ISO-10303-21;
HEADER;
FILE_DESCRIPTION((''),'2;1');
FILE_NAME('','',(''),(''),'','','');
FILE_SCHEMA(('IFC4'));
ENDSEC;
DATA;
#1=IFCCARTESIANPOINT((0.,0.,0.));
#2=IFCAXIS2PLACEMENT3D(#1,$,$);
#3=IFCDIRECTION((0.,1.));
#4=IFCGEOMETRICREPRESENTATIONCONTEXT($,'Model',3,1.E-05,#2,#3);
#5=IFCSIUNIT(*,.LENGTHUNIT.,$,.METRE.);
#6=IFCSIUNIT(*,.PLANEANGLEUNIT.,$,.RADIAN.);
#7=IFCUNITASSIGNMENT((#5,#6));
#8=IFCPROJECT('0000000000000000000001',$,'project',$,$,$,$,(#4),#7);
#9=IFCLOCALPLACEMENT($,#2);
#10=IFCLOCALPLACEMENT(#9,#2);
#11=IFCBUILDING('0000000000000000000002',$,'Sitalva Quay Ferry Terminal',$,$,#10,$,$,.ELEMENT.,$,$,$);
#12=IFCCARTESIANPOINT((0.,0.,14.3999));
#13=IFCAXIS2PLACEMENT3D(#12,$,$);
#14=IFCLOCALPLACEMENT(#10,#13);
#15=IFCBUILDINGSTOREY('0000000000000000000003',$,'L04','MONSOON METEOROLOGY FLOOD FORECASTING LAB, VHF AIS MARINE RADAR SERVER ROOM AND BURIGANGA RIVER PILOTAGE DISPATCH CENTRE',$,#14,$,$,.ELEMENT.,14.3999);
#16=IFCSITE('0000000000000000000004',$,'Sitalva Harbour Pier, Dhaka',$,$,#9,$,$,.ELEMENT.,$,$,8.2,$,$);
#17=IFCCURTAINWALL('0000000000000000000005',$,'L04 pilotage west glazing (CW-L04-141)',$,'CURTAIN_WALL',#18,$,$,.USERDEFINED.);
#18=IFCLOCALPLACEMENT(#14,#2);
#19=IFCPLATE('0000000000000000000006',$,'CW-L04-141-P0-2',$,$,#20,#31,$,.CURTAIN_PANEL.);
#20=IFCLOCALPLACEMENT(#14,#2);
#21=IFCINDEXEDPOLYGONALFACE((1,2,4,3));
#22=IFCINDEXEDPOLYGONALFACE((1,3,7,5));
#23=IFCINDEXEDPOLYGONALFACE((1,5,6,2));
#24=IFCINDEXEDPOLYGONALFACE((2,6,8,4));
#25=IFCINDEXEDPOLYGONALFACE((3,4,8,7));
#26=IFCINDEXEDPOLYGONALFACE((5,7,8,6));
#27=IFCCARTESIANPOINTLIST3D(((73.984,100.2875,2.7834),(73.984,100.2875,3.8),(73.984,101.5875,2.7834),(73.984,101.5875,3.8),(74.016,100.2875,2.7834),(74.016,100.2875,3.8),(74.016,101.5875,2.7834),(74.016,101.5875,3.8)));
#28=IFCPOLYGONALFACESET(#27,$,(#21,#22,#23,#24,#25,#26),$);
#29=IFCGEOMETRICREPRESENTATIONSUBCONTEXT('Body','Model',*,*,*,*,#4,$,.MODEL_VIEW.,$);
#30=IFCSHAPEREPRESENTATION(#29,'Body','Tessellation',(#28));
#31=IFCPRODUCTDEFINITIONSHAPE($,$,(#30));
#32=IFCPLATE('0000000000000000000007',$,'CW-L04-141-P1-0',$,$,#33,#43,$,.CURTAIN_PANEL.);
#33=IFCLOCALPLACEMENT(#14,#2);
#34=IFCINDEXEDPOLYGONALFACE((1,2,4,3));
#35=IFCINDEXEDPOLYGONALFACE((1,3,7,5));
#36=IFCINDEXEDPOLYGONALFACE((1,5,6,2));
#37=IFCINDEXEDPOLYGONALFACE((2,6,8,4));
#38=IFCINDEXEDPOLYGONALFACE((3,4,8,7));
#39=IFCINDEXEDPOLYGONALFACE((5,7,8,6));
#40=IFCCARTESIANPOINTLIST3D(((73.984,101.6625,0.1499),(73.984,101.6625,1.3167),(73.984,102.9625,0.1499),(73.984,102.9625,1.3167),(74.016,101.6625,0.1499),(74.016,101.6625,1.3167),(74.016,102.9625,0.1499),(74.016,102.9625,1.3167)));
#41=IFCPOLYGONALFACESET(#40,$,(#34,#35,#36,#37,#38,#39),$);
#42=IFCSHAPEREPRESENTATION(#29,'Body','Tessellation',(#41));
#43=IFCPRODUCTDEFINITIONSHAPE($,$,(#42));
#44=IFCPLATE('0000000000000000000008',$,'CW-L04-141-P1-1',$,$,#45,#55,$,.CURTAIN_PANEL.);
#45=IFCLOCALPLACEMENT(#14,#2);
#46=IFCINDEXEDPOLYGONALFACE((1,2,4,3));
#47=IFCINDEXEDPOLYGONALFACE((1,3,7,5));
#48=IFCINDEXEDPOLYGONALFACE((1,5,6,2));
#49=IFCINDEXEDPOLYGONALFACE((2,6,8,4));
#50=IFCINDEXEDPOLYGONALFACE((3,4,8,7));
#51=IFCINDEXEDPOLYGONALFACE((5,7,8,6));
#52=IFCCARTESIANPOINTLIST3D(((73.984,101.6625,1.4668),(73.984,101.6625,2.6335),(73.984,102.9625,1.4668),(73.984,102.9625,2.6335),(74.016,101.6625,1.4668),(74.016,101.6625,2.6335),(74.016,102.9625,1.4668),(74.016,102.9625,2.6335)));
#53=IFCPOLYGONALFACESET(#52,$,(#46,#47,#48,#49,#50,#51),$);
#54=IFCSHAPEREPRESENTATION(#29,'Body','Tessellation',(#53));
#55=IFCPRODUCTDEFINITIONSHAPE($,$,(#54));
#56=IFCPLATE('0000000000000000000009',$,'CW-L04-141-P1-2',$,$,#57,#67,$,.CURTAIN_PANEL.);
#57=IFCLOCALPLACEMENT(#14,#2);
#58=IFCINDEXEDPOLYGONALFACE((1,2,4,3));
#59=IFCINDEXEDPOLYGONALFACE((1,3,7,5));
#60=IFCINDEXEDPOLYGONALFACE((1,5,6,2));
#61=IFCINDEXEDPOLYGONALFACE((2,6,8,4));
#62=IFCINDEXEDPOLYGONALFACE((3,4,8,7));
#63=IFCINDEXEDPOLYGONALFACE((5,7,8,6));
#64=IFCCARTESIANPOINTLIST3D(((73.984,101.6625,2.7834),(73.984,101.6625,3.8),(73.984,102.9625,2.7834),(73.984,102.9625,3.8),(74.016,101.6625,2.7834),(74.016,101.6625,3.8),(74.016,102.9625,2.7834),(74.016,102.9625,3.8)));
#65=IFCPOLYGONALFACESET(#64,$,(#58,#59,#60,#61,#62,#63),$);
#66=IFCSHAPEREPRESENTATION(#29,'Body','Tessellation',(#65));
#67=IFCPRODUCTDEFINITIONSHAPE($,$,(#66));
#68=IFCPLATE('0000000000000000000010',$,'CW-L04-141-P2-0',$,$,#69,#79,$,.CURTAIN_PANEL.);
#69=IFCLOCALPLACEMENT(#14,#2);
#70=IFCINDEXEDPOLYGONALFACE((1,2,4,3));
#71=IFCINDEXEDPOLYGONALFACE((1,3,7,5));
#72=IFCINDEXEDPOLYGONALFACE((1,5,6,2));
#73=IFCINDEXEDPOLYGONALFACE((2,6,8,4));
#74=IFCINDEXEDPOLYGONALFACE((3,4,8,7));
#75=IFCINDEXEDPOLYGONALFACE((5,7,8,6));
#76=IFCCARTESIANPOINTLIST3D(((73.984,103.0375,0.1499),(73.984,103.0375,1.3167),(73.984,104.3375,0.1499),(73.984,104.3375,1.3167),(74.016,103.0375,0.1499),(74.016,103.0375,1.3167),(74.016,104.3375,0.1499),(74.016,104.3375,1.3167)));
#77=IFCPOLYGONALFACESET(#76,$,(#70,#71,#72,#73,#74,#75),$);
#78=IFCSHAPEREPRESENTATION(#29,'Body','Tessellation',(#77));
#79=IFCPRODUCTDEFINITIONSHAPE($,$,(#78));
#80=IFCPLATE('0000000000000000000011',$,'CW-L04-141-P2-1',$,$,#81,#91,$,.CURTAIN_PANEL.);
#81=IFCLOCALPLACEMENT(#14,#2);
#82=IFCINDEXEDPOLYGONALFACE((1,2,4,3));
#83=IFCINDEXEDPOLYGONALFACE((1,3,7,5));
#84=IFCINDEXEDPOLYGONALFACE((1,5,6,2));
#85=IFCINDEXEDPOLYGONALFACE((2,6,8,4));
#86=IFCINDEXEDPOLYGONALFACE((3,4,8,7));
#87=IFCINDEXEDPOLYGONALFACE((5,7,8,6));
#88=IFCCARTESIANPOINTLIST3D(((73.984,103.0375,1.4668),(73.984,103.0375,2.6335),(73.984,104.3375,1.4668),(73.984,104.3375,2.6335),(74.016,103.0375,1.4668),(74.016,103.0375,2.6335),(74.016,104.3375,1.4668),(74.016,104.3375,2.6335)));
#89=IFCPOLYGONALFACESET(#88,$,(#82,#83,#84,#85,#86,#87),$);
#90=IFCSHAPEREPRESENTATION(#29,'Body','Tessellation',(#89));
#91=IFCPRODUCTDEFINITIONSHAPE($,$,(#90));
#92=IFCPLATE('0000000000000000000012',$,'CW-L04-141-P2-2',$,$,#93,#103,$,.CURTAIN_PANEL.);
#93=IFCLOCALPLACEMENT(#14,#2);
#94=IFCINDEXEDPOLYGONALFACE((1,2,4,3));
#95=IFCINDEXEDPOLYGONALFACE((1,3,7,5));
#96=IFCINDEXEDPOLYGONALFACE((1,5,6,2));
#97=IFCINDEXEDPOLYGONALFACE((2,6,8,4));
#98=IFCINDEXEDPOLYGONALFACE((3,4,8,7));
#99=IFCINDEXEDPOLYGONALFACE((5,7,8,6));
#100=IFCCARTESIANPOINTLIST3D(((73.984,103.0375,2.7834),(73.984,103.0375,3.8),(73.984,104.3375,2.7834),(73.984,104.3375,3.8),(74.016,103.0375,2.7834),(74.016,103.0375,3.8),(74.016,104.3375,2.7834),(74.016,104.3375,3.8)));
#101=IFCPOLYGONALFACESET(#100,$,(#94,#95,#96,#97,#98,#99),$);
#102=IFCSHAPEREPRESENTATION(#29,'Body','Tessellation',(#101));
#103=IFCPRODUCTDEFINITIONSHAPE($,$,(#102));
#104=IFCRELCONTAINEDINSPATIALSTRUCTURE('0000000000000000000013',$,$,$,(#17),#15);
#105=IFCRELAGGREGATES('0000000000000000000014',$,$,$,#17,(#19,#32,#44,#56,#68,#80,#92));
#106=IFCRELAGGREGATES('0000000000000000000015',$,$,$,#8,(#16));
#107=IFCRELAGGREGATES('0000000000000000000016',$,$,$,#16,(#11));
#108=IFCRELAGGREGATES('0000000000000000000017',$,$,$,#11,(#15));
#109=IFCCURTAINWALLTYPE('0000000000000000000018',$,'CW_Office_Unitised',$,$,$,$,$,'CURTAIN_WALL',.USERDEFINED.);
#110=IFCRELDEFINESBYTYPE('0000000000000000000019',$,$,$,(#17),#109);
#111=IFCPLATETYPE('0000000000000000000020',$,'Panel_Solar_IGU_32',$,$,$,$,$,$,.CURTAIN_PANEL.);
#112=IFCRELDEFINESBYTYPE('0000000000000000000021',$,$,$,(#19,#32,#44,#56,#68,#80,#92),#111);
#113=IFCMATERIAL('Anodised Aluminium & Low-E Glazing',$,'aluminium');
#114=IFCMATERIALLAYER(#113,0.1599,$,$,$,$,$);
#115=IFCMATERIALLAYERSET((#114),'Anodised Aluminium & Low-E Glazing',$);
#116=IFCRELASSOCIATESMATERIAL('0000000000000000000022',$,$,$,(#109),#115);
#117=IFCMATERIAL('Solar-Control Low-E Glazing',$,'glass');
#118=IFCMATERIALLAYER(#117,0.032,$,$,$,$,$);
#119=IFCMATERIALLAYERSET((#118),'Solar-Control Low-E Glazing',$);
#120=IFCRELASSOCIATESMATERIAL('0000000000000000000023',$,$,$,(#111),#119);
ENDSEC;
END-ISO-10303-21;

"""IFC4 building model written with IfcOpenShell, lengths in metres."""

from ifc_helpers import new_model, si_unit, direction, frame, origin, origin_2d, place, context, subcontext, project, spatial, rectangle, extrude, material, layer, layer_set, type_object, element, aggregate, save


model = new_model("IFC4")

# Units and contexts
model_context = context("Model", 3, precision=1e-05, world=origin(), true_north=direction((0.0, 1.0)))
body_context = subcontext(model_context, "Body", "Model", "MODEL_VIEW")
ifc_project = project(units=[si_unit("LENGTHUNIT", "METRE"), si_unit("PLANEANGLEUNIT", "RADIAN")], contexts=[model_context])

# Site, building, storey
site_placement = place(None, origin())
site = spatial("IfcSite", under=ifc_project, at=site_placement, Name="Sitalva Harbour Pier, Dhaka", CompositionType="ELEMENT", RefElevation=8.2)
building_placement = place(site_placement, origin())
building = spatial("IfcBuilding", under=site, at=building_placement, Name="Sitalva Quay Ferry Terminal", CompositionType="ELEMENT")
storey_placement = place(building_placement, frame((0.0, 0.0, 14.3999)))
storey = spatial("IfcBuildingStorey", under=building, at=storey_placement, Name="L04", Description="MONSOON METEOROLOGY FLOOD FORECASTING LAB, VHF AIS MARINE RADAR SERVER ROOM AND BURIGANGA RIVER PILOTAGE DISPATCH CENTRE", CompositionType="ELEMENT", Elevation=14.3999)

# Curtain wall, plates
ifc_material_1 = material(Name="Anodised Aluminium & Low-E Glazing", Category="aluminium")
ifc_layer_1 = layer(ifc_material_1, 0.1599)
ifc_layer_set_1 = layer_set([ifc_layer_1], Name="Anodised Aluminium & Low-E Glazing")
curtain_wall_type = type_object("IfcCurtainWallType", Name="CW_Office_Unitised", ElementType="CURTAIN_WALL", PredefinedType="USERDEFINED", material=ifc_layer_set_1)
curtain_wall_placement = place(storey_placement, origin())
curtain_wall = element("IfcCurtainWall", 1, at=curtain_wall_placement, inside=storey, type_object=curtain_wall_type, Name="L04 pilotage west glazing (CW-L04-141)", ObjectType="CURTAIN_WALL", PredefinedType="USERDEFINED")
ifc_material_2 = material(Name="Solar-Control Low-E Glazing", Category="glass")
ifc_layer_2 = layer(ifc_material_2, 0.032)
ifc_layer_set_2 = layer_set([ifc_layer_2], Name="Solar-Control Low-E Glazing")
plate_type = type_object("IfcPlateType", Name="Panel_Solar_IGU_32", PredefinedType="CURTAIN_PANEL", material=ifc_layer_set_2)
plate_1_placement = place(storey_placement, frame((74.0, 100.9375, 2.7834), z_axis=(0.0, 0.0, 1.0), x_axis=(0.0, 1.0, 0.0)))
plate_1 = element("IfcPlate", 2, at=plate_1_placement, type_object=plate_type, Name="CW-L04-141-P0-2", PredefinedType="CURTAIN_PANEL", context=body_context, shape_type="SweptSolid", body=[
    extrude(rectangle(XDim=1.3, YDim=0.032, at=origin_2d()), origin(), (0.0, 0.0, 1.0), 1.0166),
])
plate_2_placement = place(storey_placement, frame((74.0, 102.3125, 0.1499), z_axis=(0.0, 0.0, 1.0), x_axis=(0.0, 1.0, 0.0)))
plate_2 = element("IfcPlate", 3, at=plate_2_placement, type_object=plate_type, Name="CW-L04-141-P1-0", PredefinedType="CURTAIN_PANEL", context=body_context, shape_type="SweptSolid", body=[
    extrude(rectangle(XDim=1.3, YDim=0.032, at=origin_2d()), origin(), (0.0, 0.0, 1.0), 1.1667),
])
plate_3_placement = place(storey_placement, frame((74.0, 102.3125, 1.4668), z_axis=(0.0, 0.0, 1.0), x_axis=(0.0, 1.0, 0.0)))
plate_3 = element("IfcPlate", 4, at=plate_3_placement, type_object=plate_type, Name="CW-L04-141-P1-1", PredefinedType="CURTAIN_PANEL", context=body_context, shape_type="SweptSolid", body=[
    extrude(rectangle(XDim=1.3, YDim=0.032, at=origin_2d()), origin(), (0.0, 0.0, 1.0), 1.1667),
])
plate_4_placement = place(storey_placement, frame((74.0, 102.3125, 2.7834), z_axis=(0.0, 0.0, 1.0), x_axis=(0.0, 1.0, 0.0)))
plate_4 = element("IfcPlate", 5, at=plate_4_placement, type_object=plate_type, Name="CW-L04-141-P1-2", PredefinedType="CURTAIN_PANEL", context=body_context, shape_type="SweptSolid", body=[
    extrude(rectangle(XDim=1.3, YDim=0.032, at=origin_2d()), origin(), (0.0, 0.0, 1.0), 1.0166),
])
plate_5_placement = place(storey_placement, frame((74.0, 103.6875, 0.1499), z_axis=(0.0, 0.0, 1.0), x_axis=(0.0, 1.0, 0.0)))
plate_5 = element("IfcPlate", 6, at=plate_5_placement, type_object=plate_type, Name="CW-L04-141-P2-0", PredefinedType="CURTAIN_PANEL", context=body_context, shape_type="SweptSolid", body=[
    extrude(rectangle(XDim=1.3, YDim=0.032, at=origin_2d()), origin(), (0.0, 0.0, 1.0), 1.1667),
])
plate_6_placement = place(storey_placement, frame((74.0, 103.6875, 1.4668), z_axis=(0.0, 0.0, 1.0), x_axis=(0.0, 1.0, 0.0)))
plate_6 = element("IfcPlate", 7, at=plate_6_placement, type_object=plate_type, Name="CW-L04-141-P2-1", PredefinedType="CURTAIN_PANEL", context=body_context, shape_type="SweptSolid", body=[
    extrude(rectangle(XDim=1.3, YDim=0.032, at=origin_2d()), origin(), (0.0, 0.0, 1.0), 1.1667),
])
plate_7_placement = place(storey_placement, frame((74.0, 103.6875, 2.7834), z_axis=(0.0, 0.0, 1.0), x_axis=(0.0, 1.0, 0.0)))
plate_7 = element("IfcPlate", 8, at=plate_7_placement, type_object=plate_type, Name="CW-L04-141-P2-2", PredefinedType="CURTAIN_PANEL", context=body_context, shape_type="SweptSolid", body=[
    extrude(rectangle(XDim=1.3, YDim=0.032, at=origin_2d()), origin(), (0.0, 0.0, 1.0), 1.0166),
])
aggregate(curtain_wall, [plate_1, plate_2, plate_3, plate_4, plate_5, plate_6, plate_7])

save(model, "model.ifc")
